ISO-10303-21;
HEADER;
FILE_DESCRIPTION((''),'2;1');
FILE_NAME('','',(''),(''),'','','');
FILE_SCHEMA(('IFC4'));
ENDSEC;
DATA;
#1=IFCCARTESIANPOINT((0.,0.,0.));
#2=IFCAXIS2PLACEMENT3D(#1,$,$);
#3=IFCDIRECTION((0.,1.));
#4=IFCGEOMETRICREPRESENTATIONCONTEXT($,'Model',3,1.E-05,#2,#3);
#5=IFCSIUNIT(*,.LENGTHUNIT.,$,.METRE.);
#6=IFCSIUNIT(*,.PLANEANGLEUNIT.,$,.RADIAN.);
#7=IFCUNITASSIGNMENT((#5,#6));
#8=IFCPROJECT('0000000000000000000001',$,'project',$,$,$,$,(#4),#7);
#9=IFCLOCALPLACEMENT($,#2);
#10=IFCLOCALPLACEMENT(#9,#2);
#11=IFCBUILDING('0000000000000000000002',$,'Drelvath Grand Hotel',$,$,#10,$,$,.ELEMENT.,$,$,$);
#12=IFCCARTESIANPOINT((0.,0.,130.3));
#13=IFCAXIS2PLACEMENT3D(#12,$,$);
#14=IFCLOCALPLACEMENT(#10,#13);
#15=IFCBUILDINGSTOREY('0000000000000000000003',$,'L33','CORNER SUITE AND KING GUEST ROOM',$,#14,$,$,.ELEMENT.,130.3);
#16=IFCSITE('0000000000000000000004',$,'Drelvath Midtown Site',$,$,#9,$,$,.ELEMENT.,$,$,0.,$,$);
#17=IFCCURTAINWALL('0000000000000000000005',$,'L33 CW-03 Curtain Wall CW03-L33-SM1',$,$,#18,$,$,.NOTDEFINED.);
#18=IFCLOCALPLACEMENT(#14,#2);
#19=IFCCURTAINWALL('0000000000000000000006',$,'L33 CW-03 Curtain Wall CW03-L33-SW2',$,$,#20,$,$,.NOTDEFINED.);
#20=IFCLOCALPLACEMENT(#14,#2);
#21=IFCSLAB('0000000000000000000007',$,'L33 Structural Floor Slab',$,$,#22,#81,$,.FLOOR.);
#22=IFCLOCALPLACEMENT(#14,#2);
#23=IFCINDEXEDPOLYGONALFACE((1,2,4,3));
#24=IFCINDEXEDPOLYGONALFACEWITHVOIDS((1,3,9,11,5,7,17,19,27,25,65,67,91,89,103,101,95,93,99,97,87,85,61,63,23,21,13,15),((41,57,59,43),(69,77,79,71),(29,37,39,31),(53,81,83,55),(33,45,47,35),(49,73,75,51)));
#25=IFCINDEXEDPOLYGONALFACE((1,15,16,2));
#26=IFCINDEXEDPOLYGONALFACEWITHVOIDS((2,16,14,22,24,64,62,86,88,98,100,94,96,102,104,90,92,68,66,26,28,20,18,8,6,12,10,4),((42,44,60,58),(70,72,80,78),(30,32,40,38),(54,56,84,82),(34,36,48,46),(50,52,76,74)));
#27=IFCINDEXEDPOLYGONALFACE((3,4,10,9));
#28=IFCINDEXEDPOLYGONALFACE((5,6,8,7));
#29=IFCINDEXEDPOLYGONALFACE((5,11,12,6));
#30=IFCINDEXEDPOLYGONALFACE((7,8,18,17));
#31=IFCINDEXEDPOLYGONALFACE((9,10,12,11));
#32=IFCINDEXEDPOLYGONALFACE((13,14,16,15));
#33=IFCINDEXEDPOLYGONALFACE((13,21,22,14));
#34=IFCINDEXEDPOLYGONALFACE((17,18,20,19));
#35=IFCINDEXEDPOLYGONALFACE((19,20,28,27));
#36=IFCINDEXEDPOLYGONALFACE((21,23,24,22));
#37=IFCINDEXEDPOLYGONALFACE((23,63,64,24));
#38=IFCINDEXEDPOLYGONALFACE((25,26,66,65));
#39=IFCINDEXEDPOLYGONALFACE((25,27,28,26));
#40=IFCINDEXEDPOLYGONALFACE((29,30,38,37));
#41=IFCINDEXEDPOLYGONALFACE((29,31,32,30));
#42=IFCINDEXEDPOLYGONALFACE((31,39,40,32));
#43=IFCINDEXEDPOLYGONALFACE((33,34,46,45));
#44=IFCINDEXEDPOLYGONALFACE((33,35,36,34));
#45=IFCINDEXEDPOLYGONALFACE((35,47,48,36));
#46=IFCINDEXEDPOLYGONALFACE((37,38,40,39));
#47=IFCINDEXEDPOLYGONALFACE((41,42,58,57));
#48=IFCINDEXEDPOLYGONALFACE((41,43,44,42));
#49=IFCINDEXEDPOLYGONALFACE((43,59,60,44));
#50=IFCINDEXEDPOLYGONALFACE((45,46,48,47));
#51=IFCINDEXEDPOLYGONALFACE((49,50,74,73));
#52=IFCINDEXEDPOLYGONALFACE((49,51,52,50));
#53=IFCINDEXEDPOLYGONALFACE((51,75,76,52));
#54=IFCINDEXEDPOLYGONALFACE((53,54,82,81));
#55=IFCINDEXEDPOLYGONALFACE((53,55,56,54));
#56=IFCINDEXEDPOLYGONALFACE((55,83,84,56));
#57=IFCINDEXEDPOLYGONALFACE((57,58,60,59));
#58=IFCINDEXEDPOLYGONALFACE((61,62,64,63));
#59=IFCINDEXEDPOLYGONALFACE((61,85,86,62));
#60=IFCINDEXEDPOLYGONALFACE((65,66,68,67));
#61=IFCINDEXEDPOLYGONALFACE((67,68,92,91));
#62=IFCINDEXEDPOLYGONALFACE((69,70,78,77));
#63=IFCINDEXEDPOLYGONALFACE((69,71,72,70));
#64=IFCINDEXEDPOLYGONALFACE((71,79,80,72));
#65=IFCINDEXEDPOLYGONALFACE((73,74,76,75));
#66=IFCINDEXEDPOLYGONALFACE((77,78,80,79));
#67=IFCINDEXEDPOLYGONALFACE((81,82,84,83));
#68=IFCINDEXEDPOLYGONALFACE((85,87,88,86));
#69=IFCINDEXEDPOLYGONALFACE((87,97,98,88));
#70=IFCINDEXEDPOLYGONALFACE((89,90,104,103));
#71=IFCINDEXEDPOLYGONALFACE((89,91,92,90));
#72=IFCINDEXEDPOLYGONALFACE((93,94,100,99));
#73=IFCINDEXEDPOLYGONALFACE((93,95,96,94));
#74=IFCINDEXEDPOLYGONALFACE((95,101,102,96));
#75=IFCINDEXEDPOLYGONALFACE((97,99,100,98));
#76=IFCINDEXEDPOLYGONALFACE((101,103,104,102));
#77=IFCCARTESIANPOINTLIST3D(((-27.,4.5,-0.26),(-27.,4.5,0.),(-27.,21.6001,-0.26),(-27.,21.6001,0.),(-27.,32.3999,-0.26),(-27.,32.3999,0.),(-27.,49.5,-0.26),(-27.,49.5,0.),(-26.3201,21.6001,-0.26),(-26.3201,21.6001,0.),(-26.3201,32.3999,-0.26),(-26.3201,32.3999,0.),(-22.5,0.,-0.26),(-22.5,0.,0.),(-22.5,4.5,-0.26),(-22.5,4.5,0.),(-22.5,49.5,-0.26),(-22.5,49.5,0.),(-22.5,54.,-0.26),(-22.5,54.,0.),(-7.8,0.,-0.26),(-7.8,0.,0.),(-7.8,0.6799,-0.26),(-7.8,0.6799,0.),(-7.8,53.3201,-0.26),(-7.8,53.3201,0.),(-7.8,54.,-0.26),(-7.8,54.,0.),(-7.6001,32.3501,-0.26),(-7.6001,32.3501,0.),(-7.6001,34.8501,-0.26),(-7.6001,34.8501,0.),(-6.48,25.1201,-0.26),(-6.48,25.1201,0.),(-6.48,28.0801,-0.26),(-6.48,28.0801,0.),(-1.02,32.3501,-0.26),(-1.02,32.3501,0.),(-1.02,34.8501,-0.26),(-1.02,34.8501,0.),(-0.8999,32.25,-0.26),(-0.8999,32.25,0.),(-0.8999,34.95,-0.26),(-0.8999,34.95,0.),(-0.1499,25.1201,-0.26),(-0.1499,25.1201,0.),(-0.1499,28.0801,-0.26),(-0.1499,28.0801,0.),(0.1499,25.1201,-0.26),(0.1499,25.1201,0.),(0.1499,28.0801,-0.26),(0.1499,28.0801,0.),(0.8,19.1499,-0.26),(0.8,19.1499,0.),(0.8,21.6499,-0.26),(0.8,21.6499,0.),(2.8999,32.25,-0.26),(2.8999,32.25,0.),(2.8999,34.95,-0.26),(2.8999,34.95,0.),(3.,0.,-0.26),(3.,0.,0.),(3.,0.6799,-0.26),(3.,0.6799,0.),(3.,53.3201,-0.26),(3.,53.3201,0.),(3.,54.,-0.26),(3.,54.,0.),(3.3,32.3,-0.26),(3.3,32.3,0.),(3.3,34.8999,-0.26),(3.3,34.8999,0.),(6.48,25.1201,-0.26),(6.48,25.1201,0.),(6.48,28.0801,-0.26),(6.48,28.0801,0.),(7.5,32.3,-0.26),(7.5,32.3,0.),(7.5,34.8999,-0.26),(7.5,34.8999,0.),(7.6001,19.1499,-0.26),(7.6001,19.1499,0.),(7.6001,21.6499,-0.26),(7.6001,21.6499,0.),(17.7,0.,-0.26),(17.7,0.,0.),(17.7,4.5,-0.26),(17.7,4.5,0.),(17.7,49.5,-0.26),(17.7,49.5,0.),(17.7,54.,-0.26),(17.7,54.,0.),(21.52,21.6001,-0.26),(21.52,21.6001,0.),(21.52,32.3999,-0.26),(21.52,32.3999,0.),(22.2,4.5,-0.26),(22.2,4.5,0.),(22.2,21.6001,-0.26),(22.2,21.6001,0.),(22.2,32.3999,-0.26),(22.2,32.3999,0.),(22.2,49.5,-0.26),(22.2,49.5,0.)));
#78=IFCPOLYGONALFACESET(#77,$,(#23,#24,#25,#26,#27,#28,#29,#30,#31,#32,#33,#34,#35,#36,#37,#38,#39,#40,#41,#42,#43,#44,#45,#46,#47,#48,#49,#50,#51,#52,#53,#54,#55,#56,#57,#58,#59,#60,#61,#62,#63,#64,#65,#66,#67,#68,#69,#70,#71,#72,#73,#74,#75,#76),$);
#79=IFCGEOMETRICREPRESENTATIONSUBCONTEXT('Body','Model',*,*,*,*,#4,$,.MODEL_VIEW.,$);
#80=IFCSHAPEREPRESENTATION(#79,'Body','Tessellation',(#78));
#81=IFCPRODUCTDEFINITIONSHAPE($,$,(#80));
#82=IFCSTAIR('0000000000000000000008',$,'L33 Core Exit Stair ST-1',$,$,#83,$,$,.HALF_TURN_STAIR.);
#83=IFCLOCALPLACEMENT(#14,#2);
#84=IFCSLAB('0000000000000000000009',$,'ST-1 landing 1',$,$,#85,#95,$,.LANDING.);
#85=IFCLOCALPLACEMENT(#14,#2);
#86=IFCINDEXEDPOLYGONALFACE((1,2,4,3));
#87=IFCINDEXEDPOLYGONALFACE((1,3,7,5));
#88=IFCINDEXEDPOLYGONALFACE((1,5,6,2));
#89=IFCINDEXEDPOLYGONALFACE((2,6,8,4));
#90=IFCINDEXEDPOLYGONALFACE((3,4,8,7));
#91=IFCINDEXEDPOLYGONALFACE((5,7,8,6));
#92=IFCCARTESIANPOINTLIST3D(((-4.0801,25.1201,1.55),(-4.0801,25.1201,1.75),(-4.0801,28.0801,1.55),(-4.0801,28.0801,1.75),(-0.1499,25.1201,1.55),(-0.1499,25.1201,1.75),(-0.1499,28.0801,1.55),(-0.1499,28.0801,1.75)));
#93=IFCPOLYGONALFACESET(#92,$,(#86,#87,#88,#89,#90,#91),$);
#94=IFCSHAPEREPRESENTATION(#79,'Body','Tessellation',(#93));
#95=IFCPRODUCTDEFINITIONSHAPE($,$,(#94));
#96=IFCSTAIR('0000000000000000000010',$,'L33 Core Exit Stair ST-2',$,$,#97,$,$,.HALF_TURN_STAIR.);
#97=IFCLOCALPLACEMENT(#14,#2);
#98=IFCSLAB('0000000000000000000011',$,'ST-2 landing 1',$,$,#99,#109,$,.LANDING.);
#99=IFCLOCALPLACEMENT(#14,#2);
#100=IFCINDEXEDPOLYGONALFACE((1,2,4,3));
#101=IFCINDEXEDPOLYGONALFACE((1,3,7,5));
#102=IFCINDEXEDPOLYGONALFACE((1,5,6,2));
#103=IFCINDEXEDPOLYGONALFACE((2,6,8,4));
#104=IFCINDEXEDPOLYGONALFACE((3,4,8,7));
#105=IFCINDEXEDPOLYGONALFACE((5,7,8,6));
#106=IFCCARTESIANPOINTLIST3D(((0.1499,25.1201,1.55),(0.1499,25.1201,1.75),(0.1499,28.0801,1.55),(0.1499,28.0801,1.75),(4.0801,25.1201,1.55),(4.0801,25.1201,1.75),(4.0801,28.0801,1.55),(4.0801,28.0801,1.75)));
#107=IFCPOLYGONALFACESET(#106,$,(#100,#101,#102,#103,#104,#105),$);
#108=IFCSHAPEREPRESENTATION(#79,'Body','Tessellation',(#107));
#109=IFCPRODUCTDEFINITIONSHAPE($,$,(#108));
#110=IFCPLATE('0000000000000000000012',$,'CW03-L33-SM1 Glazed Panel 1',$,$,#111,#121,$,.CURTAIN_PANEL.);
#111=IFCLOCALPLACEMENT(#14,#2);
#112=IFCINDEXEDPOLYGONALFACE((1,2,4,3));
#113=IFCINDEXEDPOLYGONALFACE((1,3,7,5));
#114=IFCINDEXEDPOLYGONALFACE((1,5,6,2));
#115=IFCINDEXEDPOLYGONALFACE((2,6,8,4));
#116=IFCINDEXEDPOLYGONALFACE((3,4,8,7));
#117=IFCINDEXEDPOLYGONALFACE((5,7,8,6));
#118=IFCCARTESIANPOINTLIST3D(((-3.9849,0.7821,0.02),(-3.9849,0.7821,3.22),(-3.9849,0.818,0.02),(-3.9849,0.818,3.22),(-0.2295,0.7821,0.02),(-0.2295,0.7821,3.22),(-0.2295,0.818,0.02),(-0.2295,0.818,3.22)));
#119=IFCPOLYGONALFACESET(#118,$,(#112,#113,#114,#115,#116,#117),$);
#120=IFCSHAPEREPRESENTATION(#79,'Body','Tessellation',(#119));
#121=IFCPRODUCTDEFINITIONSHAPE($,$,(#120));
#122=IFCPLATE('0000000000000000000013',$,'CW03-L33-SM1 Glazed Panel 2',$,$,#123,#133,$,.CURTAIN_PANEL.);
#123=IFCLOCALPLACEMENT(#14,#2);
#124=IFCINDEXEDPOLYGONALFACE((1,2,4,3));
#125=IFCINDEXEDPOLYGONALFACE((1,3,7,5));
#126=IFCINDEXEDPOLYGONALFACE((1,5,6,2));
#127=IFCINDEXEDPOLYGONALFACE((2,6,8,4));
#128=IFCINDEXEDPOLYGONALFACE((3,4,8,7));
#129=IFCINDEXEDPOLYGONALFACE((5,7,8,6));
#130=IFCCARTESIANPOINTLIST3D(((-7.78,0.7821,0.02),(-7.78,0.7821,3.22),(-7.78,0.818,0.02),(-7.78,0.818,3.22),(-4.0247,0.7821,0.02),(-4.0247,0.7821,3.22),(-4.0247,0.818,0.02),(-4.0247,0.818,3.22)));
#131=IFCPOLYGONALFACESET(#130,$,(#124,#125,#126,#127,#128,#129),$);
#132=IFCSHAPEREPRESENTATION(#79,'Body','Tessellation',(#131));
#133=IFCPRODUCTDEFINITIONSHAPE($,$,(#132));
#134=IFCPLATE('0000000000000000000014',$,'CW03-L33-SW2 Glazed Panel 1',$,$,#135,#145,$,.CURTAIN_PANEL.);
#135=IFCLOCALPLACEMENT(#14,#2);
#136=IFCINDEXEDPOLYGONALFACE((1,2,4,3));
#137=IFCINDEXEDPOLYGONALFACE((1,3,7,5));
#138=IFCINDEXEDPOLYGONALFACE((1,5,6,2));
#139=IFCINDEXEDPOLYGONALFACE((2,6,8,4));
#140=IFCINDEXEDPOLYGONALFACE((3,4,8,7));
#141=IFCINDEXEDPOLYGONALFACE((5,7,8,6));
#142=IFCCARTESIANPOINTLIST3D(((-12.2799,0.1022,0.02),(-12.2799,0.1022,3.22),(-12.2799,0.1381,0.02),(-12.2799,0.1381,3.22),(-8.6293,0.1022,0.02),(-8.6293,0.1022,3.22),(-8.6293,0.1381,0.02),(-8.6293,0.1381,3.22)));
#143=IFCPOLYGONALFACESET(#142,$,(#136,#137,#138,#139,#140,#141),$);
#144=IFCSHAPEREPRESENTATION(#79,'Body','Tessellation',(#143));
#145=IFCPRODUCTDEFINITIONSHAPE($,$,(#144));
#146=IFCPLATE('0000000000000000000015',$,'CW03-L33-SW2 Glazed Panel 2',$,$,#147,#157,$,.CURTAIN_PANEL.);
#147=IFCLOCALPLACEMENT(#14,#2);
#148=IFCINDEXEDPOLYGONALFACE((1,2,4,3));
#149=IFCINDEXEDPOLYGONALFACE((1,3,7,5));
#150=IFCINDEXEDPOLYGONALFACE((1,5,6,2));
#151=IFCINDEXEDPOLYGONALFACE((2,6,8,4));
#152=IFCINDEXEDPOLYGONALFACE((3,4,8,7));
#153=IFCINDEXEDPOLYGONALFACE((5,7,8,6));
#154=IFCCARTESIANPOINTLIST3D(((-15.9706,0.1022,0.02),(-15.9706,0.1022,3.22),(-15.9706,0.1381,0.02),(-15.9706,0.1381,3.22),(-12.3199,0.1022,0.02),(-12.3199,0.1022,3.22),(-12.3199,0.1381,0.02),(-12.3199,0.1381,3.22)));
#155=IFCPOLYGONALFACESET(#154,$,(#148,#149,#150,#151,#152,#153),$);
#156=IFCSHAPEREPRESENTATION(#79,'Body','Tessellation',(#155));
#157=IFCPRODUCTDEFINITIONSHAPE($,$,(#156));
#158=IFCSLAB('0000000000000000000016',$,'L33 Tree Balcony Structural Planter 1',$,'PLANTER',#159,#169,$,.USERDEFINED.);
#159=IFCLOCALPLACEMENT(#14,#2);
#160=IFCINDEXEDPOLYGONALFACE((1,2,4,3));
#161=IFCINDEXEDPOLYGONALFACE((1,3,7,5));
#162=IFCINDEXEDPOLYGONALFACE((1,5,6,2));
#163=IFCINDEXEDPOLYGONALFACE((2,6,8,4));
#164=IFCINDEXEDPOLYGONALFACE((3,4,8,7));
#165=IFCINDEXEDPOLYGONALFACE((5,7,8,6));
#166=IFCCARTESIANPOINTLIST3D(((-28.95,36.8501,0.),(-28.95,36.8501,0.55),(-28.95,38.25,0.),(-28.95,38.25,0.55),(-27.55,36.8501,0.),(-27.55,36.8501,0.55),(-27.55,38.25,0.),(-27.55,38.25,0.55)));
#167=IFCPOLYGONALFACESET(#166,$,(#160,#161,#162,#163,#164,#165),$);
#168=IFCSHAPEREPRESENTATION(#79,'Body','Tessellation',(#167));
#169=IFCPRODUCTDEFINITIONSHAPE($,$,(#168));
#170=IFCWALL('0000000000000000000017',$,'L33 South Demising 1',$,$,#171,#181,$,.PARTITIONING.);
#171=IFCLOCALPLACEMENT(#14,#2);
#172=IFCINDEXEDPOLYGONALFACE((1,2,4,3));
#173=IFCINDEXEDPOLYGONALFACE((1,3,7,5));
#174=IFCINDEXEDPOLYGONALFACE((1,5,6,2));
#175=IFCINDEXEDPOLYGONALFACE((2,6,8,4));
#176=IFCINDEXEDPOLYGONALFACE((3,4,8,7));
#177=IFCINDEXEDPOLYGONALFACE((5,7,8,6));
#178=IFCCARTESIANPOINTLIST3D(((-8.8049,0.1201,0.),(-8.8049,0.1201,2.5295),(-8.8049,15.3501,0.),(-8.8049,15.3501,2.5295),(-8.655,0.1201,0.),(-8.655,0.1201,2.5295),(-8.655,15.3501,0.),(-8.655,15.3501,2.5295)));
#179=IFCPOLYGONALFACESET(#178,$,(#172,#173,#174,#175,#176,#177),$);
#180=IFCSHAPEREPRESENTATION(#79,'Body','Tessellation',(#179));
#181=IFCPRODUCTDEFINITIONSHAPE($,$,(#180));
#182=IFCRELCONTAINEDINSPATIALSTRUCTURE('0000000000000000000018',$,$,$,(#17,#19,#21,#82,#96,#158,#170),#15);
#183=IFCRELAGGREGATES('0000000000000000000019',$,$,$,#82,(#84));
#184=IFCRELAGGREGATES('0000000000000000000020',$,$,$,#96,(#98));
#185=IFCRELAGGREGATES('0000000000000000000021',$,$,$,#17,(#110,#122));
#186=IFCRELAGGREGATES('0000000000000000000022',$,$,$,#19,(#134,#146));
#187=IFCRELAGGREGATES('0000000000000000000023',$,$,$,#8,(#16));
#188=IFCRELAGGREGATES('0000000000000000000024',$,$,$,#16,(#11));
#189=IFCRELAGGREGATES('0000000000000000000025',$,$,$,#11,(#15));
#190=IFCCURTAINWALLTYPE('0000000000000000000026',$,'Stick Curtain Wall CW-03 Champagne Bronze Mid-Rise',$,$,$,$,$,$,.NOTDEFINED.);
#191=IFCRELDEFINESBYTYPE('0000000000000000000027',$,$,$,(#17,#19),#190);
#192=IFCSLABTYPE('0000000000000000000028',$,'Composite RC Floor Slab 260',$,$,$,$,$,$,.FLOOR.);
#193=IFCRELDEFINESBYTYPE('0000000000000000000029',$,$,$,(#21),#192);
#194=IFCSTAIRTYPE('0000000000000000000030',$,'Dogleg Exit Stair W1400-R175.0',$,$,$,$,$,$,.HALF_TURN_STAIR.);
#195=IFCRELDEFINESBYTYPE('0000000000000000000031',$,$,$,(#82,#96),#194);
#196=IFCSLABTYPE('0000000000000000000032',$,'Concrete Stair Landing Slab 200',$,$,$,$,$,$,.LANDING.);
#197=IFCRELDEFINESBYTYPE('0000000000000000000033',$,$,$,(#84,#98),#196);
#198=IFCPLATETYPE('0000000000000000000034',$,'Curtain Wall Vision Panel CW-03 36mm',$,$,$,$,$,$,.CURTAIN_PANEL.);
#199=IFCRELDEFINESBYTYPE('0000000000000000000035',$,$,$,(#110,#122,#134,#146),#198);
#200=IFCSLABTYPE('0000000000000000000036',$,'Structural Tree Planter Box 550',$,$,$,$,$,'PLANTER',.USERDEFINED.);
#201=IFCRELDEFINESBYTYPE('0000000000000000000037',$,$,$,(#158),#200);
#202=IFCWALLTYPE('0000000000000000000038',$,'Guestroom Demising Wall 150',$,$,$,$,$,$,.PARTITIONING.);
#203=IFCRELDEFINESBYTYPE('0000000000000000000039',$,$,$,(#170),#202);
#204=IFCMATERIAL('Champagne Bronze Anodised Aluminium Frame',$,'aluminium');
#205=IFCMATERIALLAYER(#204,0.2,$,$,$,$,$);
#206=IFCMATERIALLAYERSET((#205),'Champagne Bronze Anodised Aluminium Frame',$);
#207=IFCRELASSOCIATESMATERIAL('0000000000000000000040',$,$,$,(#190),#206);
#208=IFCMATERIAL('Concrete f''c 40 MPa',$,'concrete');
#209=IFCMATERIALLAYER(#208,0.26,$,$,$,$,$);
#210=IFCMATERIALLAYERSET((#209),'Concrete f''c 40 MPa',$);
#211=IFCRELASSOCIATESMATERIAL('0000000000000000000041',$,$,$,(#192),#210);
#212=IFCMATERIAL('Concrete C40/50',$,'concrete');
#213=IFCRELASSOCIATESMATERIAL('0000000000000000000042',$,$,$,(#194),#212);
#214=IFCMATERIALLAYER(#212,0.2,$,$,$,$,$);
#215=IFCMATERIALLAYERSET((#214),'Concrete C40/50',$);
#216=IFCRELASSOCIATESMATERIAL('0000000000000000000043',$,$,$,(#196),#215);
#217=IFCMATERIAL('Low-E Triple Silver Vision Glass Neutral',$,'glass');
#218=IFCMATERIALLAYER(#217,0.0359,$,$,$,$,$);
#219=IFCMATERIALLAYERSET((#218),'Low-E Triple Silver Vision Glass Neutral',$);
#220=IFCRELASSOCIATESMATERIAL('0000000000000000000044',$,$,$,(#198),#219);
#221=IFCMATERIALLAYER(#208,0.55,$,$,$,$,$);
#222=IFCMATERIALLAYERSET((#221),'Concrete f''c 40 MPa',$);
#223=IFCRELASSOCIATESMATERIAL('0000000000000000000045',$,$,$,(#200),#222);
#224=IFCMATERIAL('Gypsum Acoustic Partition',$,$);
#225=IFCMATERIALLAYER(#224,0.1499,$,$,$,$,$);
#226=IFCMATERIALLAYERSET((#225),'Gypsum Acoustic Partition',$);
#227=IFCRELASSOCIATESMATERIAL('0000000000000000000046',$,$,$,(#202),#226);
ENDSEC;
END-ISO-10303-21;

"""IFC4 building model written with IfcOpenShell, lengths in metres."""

from ifc_helpers import new_model, si_unit, direction, frame, frame_2d, origin, origin_2d, place, context, subcontext, project, spatial, polyline, rectangle, outline, extrude, material, layer, layer_set, type_object, element, aggregate, save


model = new_model("IFC4")

# Units and contexts
model_context = context("Model", 3, precision=1e-05, world=origin(), true_north=direction((0.0, 1.0)))
body_context = subcontext(model_context, "Body", "Model", "MODEL_VIEW")
ifc_project = project(units=[si_unit("LENGTHUNIT", "METRE"), si_unit("PLANEANGLEUNIT", "RADIAN")], contexts=[model_context])

# Site, building, storey
site_placement = place(None, origin())
site = spatial("IfcSite", under=ifc_project, at=site_placement, Name="Drelvath Midtown Site", CompositionType="ELEMENT", RefElevation=0.0)
building_placement = place(site_placement, origin())
building = spatial("IfcBuilding", under=site, at=building_placement, Name="Drelvath Grand Hotel", CompositionType="ELEMENT")
storey_placement = place(building_placement, frame((0.0, 0.0, 130.3)))
storey = spatial("IfcBuildingStorey", under=building, at=storey_placement, Name="L33", Description="CORNER SUITE AND KING GUEST ROOM", CompositionType="ELEMENT", Elevation=130.3)

# Curtain walls
ifc_material_1 = material(Name="Champagne Bronze Anodised Aluminium Frame", Category="aluminium")
ifc_layer_1 = layer(ifc_material_1, 0.2)
ifc_layer_set_1 = layer_set([ifc_layer_1], Name="Champagne Bronze Anodised Aluminium Frame")
curtain_wall_type = type_object("IfcCurtainWallType", Name="Stick Curtain Wall CW-03 Champagne Bronze Mid-Rise", PredefinedType="NOTDEFINED", material=ifc_layer_set_1)
curtain_wall_1_placement = place(storey_placement, origin())
curtain_wall_1 = element("IfcCurtainWall", 1, at=curtain_wall_1_placement, inside=storey, type_object=curtain_wall_type, Name="L33 CW-03 Curtain Wall CW03-L33-SM1", PredefinedType="NOTDEFINED")
curtain_wall_2_placement = place(storey_placement, origin())
curtain_wall_2 = element("IfcCurtainWall", 2, at=curtain_wall_2_placement, inside=storey, type_object=curtain_wall_type, Name="L33 CW-03 Curtain Wall CW03-L33-SW2", PredefinedType="NOTDEFINED")

# Slab
ifc_material_2 = material(Name="Concrete f'c 40 MPa", Category="concrete")
ifc_layer_2 = layer(ifc_material_2, 0.26)
ifc_layer_set_2 = layer_set([ifc_layer_2], Name="Concrete f'c 40 MPa")
slab_type_1 = type_object("IfcSlabType", Name="Composite RC Floor Slab 260", PredefinedType="FLOOR", material=ifc_layer_set_2)
slab_1_placement = place(storey_placement, frame((0.0, 0.0, -0.26)))
element("IfcSlab", 3, at=slab_1_placement, inside=storey, type_object=slab_type_1, Name="L33 Structural Floor Slab", PredefinedType="FLOOR", context=body_context, shape_type="SweptSolid", body=[
    extrude(outline(polyline([(-22.5, 0.0), (-7.8, 0.0), (-7.8, 0.6799), (3.0, 0.6799), (3.0, 0.0), (17.7, 0.0), (17.7, 4.5), (22.2, 4.5), (22.2, 21.6001), (21.52, 21.6001), (21.52, 32.3999), (22.2, 32.3999), (22.2, 49.5), (17.7, 49.5), (17.7, 54.0), (3.0, 54.0), (3.0, 53.3201), (-7.8, 53.3201), (-7.8, 54.0), (-22.5, 54.0), (-22.5, 49.5), (-27.0, 49.5), (-27.0, 32.3999), (-26.3201, 32.3999), (-26.3201, 21.6001), (-27.0, 21.6001), (-27.0, 4.5), (-22.5, 4.5), (-22.5, 0.0)]), holes=[polyline([(-6.48, 25.1201), (-6.48, 28.0801), (-0.1499, 28.0801), (-0.1499, 25.1201), (-6.48, 25.1201)]), polyline([(0.1499, 25.1201), (0.1499, 28.0801), (6.48, 28.0801), (6.48, 25.1201), (0.1499, 25.1201)]), polyline([(0.8, 19.1499), (0.8, 21.6499), (7.6001, 21.6499), (7.6001, 19.1499), (0.8, 19.1499)]), polyline([(-7.6001, 32.3501), (-7.6001, 34.8501), (-1.02, 34.8501), (-1.02, 32.3501), (-7.6001, 32.3501)]), polyline([(-0.8999, 32.25), (-0.8999, 34.95), (2.8999, 34.95), (2.8999, 32.25), (-0.8999, 32.25)]), polyline([(3.3, 32.3), (3.3, 34.8999), (7.5, 34.8999), (7.5, 32.3), (3.3, 32.3)])]), origin(), (0.0, 0.0, 1.0), 0.26),
])

# Stairs, slabs
ifc_material_3 = material(Name="Concrete C40/50", Category="concrete")
stair_type = type_object("IfcStairType", Name="Dogleg Exit Stair W1400-R175.0", PredefinedType="HALF_TURN_STAIR", material=ifc_material_3)
stair_1_placement = place(storey_placement, origin())
stair_1 = element("IfcStair", 4, at=stair_1_placement, inside=storey, type_object=stair_type, Name="L33 Core Exit Stair ST-1", PredefinedType="HALF_TURN_STAIR")
ifc_layer_3 = layer(ifc_material_3, 0.2)
ifc_layer_set_3 = layer_set([ifc_layer_3], Name="Concrete C40/50")
slab_type_2 = type_object("IfcSlabType", Name="Concrete Stair Landing Slab 200", PredefinedType="LANDING", material=ifc_layer_set_3)
slab_2_placement = place(storey_placement, frame((0.0, 0.0, 1.55)))
slab_2 = element("IfcSlab", 5, at=slab_2_placement, type_object=slab_type_2, Name="ST-1 landing 1", PredefinedType="LANDING", context=body_context, shape_type="SweptSolid", body=[
    extrude(outline(polyline([(-4.0801, 25.1201), (-0.1499, 25.1201), (-0.1499, 28.0801), (-4.0801, 28.0801), (-4.0801, 25.1201)])), origin(), (0.0, 0.0, 1.0), 0.2),
])
aggregate(stair_1, [slab_2])
stair_2_placement = place(storey_placement, origin())
stair_2 = element("IfcStair", 6, at=stair_2_placement, inside=storey, type_object=stair_type, Name="L33 Core Exit Stair ST-2", PredefinedType="HALF_TURN_STAIR")
slab_3_placement = place(storey_placement, frame((0.0, 0.0, 1.55)))
slab_3 = element("IfcSlab", 7, at=slab_3_placement, type_object=slab_type_2, Name="ST-2 landing 1", PredefinedType="LANDING", context=body_context, shape_type="SweptSolid", body=[
    extrude(outline(polyline([(4.0801, 28.0801), (0.1499, 28.0801), (0.1499, 25.1201), (4.0801, 25.1201), (4.0801, 28.0801)])), origin(), (0.0, 0.0, 1.0), 0.2),
])
aggregate(stair_2, [slab_3])

# Plates
ifc_material_4 = material(Name="Low-E Triple Silver Vision Glass Neutral", Category="glass")
ifc_layer_4 = layer(ifc_material_4, 0.0359)
ifc_layer_set_4 = layer_set([ifc_layer_4], Name="Low-E Triple Silver Vision Glass Neutral")
plate_type = type_object("IfcPlateType", Name="Curtain Wall Vision Panel CW-03 36mm", PredefinedType="CURTAIN_PANEL", material=ifc_layer_set_4)
plate_1_placement = place(storey_placement, frame((-2.1072, 0.8, 0.02), z_axis=(0.0, 0.0, 1.0), x_axis=(-1.0, 0.0, 0.0)))
plate_1 = element("IfcPlate", 8, at=plate_1_placement, type_object=plate_type, Name="CW03-L33-SM1 Glazed Panel 1", PredefinedType="CURTAIN_PANEL", context=body_context, shape_type="SweptSolid", body=[
    extrude(rectangle(XDim=3.7554, YDim=0.0359, at=origin_2d()), origin(), (0.0, 0.0, 1.0), 3.2),
])
plate_2_placement = place(storey_placement, frame((-5.9023, 0.8, 0.02), z_axis=(0.0, 0.0, 1.0), x_axis=(-1.0, 0.0, 0.0)))
plate_2 = element("IfcPlate", 9, at=plate_2_placement, type_object=plate_type, Name="CW03-L33-SM1 Glazed Panel 2", PredefinedType="CURTAIN_PANEL", context=body_context, shape_type="SweptSolid", body=[
    extrude(rectangle(XDim=3.7554, YDim=0.0359, at=origin_2d()), origin(), (0.0, 0.0, 1.0), 3.2),
])
aggregate(curtain_wall_1, [plate_1, plate_2])
plate_3_placement = place(storey_placement, frame((-10.4546, 0.1201, 0.02), z_axis=(0.0, 0.0, 1.0), x_axis=(-1.0, 0.0, 0.0)))
plate_3 = element("IfcPlate", 10, at=plate_3_placement, type_object=plate_type, Name="CW03-L33-SW2 Glazed Panel 1", PredefinedType="CURTAIN_PANEL", context=body_context, shape_type="SweptSolid", body=[
    extrude(rectangle(XDim=3.6506, YDim=0.0359, at=origin_2d()), origin(), (0.0, 0.0, 1.0), 3.2),
])
plate_4_placement = place(storey_placement, frame((-14.1453, 0.1201, 0.02), z_axis=(0.0, 0.0, 1.0), x_axis=(-1.0, 0.0, 0.0)))
plate_4 = element("IfcPlate", 11, at=plate_4_placement, type_object=plate_type, Name="CW03-L33-SW2 Glazed Panel 2", PredefinedType="CURTAIN_PANEL", context=body_context, shape_type="SweptSolid", body=[
    extrude(rectangle(XDim=3.6506, YDim=0.0359, at=origin_2d()), origin(), (0.0, 0.0, 1.0), 3.2),
])
aggregate(curtain_wall_2, [plate_3, plate_4])

# Slab
ifc_layer_5 = layer(ifc_material_2, 0.55)
ifc_layer_set_5 = layer_set([ifc_layer_5], Name="Concrete f'c 40 MPa")
slab_type_3 = type_object("IfcSlabType", Name="Structural Tree Planter Box 550", ElementType="PLANTER", PredefinedType="USERDEFINED", material=ifc_layer_set_5)
slab_4_placement = place(storey_placement, origin())
element("IfcSlab", 12, at=slab_4_placement, inside=storey, type_object=slab_type_3, Name="L33 Tree Balcony Structural Planter 1", ObjectType="PLANTER", PredefinedType="USERDEFINED", context=body_context, shape_type="SweptSolid", body=[
    extrude(outline(polyline([(-28.95, 36.8501), (-27.55, 36.8501), (-27.55, 38.25), (-28.95, 38.25), (-28.95, 36.8501)])), origin(), (0.0, 0.0, 1.0), 0.55),
])

# Wall
ifc_material_5 = material(Name="Gypsum Acoustic Partition")
ifc_layer_6 = layer(ifc_material_5, 0.1499)
ifc_layer_set_6 = layer_set([ifc_layer_6], Name="Gypsum Acoustic Partition")
wall_type_1 = type_object("IfcWallType", Name="Guestroom Demising Wall 150", PredefinedType="PARTITIONING", material=ifc_layer_set_6)
wall_1_placement = place(storey_placement, frame((-8.73, 0.1201, 0.0), z_axis=(0.0, 0.0, 1.0), x_axis=(0.0, 1.0, 0.0)))
element("IfcWall", 13, at=wall_1_placement, inside=storey, type_object=wall_type_1, Name="L33 South Demising 1", PredefinedType="PARTITIONING", context=body_context, shape_type="SweptSolid", body=[
    extrude(rectangle(XDim=15.23, YDim=0.1499, at=frame_2d((7.615, 0.0))), origin(), (0.0, 0.0, 1.0), 2.5295),
])

save(model, "model.ifc")
